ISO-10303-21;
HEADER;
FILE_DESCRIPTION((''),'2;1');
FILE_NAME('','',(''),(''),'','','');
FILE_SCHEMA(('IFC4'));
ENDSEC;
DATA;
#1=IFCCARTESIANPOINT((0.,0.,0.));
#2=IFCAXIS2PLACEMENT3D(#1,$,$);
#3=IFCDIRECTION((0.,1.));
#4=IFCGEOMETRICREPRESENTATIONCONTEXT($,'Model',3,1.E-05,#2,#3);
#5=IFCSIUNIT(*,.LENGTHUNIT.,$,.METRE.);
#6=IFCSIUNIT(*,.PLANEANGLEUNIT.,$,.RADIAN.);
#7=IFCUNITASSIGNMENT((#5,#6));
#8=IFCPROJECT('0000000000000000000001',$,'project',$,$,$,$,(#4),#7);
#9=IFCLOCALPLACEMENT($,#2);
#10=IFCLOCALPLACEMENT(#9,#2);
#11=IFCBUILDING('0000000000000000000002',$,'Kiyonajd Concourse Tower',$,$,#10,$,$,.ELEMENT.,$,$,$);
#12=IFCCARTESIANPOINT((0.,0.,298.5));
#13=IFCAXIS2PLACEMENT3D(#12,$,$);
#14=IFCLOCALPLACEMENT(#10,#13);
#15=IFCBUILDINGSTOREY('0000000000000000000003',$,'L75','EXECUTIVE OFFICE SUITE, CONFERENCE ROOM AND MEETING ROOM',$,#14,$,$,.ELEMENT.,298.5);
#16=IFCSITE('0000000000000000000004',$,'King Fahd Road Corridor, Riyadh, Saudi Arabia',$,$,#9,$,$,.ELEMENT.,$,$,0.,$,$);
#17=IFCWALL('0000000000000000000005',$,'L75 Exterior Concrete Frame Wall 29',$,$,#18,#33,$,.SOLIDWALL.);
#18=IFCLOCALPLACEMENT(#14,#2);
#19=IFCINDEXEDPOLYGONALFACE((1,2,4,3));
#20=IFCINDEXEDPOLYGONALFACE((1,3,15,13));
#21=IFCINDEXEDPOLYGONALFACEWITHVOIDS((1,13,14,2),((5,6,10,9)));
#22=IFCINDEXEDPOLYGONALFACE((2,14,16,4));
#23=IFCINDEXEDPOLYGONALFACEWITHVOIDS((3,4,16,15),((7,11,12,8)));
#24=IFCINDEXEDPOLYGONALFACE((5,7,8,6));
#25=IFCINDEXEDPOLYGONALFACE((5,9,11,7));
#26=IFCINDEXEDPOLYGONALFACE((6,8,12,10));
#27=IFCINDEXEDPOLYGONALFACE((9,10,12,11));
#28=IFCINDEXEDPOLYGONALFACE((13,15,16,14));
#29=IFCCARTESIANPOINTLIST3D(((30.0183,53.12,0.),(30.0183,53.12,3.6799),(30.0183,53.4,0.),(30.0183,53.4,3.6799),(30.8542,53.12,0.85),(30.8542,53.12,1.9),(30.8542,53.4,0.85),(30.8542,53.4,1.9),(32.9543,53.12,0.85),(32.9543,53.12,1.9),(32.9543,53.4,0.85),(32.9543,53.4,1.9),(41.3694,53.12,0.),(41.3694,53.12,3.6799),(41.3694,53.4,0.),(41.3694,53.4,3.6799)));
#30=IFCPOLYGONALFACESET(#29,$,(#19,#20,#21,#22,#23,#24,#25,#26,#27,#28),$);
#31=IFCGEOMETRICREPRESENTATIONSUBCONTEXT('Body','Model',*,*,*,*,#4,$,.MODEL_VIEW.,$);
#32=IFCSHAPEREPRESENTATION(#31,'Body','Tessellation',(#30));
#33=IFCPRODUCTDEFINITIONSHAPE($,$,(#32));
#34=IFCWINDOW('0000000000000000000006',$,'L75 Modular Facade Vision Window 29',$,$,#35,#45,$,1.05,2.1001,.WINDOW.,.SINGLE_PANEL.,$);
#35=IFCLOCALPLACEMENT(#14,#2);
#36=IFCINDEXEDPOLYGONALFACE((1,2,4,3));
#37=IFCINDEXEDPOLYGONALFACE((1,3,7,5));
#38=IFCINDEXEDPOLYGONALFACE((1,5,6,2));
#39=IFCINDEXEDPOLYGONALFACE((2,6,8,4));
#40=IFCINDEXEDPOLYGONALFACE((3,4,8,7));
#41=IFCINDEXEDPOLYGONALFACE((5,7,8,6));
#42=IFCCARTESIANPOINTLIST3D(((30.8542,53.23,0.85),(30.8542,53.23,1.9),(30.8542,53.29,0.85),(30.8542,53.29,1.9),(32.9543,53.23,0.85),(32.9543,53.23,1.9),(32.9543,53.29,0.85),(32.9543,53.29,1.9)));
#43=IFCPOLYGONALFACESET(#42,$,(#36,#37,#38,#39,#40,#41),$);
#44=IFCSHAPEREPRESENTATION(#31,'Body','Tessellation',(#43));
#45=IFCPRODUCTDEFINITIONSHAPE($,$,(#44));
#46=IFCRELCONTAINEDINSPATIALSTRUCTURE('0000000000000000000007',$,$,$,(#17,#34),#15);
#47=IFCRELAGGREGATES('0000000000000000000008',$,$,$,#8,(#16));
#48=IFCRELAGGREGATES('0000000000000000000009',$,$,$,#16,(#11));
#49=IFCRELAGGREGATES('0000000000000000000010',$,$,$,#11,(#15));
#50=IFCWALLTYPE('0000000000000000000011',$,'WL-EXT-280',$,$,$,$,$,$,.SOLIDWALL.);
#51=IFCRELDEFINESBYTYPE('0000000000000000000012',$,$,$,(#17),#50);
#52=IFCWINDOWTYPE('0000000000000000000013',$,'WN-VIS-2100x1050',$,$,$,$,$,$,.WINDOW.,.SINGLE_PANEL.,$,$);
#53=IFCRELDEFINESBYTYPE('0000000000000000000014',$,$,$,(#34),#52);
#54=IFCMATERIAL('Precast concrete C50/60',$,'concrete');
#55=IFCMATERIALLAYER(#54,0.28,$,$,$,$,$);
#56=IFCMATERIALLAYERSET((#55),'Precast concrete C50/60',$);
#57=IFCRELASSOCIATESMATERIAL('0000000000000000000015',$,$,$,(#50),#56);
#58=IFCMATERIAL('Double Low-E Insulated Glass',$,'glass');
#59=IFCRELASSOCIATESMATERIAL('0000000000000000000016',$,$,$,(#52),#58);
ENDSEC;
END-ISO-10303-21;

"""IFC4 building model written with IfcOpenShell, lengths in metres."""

from ifc_helpers import new_model, si_unit, direction, frame, frame_2d, origin, place, context, subcontext, project, spatial, rectangle, extrude, material, layer, layer_set, type_object, element, fill, save


model = new_model("IFC4")

# Units and contexts
model_context = context("Model", 3, precision=1e-05, world=origin(), true_north=direction((0.0, 1.0)))
body_context = subcontext(model_context, "Body", "Model", "MODEL_VIEW")
ifc_project = project(units=[si_unit("LENGTHUNIT", "METRE"), si_unit("PLANEANGLEUNIT", "RADIAN")], contexts=[model_context])

# Site, building, storey
site_placement = place(None, origin())
site = spatial("IfcSite", under=ifc_project, at=site_placement, Name="King Fahd Road Corridor, Riyadh, Saudi Arabia", CompositionType="ELEMENT", RefElevation=0.0)
building_placement = place(site_placement, origin())
building = spatial("IfcBuilding", under=site, at=building_placement, Name="Kiyonajd Concourse Tower", CompositionType="ELEMENT")
storey_placement = place(building_placement, frame((0.0, 0.0, 298.5)))
storey = spatial("IfcBuildingStorey", under=building, at=storey_placement, Name="L75", Description="EXECUTIVE OFFICE SUITE, CONFERENCE ROOM AND MEETING ROOM", CompositionType="ELEMENT", Elevation=298.5)

# Shared definitions
ifc_material_1 = material(Name="Precast concrete C50/60", Category="concrete")
ifc_layer_1 = layer(ifc_material_1, 0.28)
ifc_layer_set_1 = layer_set([ifc_layer_1], Name="Precast concrete C50/60")
wall_type = type_object("IfcWallType", Name="WL-EXT-280", PredefinedType="SOLIDWALL", material=ifc_layer_set_1)

# Wall, opening, window
wall_1_placement = place(storey_placement, frame((30.0183, 53.26, 0.0), z_axis=(0.0, 0.0, 1.0), x_axis=(1.0, 0.0, 0.0)))
wall_1 = element("IfcWall", 1, at=wall_1_placement, inside=storey, type_object=wall_type, Name="L75 Exterior Concrete Frame Wall 29", PredefinedType="SOLIDWALL", context=body_context, shape_type="SweptSolid", body=[
    extrude(rectangle(XDim=11.3511, YDim=0.28, at=frame_2d((5.6755, 0.0))), origin(), (0.0, 0.0, 1.0), 3.6799),
])
opening_placement = place(wall_1_placement, frame((0.8359, 0.0, 0.8501)))
opening = element("IfcOpeningElement", 2, at=opening_placement, cuts=wall_1, PredefinedType="OPENING", context=body_context, shape_type="SweptSolid", body=[
    extrude(rectangle(XDim=2.1001, YDim=1.05, at=frame_2d((1.05, 0.5249))), frame((0.0, 0.1499, 0.0), z_axis=(0.0, -1.0, 0.0), x_axis=(1.0, 0.0, 0.0)), (0.0, 0.0, 1.0), 0.3),
])
ifc_material_2 = material(Name="Double Low-E Insulated Glass", Category="glass")
window_type = type_object("IfcWindowType", Name="WN-VIS-2100x1050", PartitioningType="SINGLE_PANEL", PredefinedType="WINDOW", material=ifc_material_2)
window_placement = place(opening_placement, origin())
window = element("IfcWindow", 3, at=window_placement, inside=storey, type_object=window_type, Name="L75 Modular Facade Vision Window 29", OverallHeight=1.05, OverallWidth=2.1001, PartitioningType="SINGLE_PANEL", PredefinedType="WINDOW", context=body_context, shape_type="SweptSolid", body=[
    extrude(rectangle(XDim=2.1001, YDim=1.05, at=frame_2d((1.05, 0.5249))), frame((0.0, 0.03, 0.0), z_axis=(0.0, -1.0, 0.0), x_axis=(1.0, 0.0, 0.0)), (0.0, 0.0, 1.0), 0.0601),
])
fill(opening, window)

save(model, "model.ifc")
